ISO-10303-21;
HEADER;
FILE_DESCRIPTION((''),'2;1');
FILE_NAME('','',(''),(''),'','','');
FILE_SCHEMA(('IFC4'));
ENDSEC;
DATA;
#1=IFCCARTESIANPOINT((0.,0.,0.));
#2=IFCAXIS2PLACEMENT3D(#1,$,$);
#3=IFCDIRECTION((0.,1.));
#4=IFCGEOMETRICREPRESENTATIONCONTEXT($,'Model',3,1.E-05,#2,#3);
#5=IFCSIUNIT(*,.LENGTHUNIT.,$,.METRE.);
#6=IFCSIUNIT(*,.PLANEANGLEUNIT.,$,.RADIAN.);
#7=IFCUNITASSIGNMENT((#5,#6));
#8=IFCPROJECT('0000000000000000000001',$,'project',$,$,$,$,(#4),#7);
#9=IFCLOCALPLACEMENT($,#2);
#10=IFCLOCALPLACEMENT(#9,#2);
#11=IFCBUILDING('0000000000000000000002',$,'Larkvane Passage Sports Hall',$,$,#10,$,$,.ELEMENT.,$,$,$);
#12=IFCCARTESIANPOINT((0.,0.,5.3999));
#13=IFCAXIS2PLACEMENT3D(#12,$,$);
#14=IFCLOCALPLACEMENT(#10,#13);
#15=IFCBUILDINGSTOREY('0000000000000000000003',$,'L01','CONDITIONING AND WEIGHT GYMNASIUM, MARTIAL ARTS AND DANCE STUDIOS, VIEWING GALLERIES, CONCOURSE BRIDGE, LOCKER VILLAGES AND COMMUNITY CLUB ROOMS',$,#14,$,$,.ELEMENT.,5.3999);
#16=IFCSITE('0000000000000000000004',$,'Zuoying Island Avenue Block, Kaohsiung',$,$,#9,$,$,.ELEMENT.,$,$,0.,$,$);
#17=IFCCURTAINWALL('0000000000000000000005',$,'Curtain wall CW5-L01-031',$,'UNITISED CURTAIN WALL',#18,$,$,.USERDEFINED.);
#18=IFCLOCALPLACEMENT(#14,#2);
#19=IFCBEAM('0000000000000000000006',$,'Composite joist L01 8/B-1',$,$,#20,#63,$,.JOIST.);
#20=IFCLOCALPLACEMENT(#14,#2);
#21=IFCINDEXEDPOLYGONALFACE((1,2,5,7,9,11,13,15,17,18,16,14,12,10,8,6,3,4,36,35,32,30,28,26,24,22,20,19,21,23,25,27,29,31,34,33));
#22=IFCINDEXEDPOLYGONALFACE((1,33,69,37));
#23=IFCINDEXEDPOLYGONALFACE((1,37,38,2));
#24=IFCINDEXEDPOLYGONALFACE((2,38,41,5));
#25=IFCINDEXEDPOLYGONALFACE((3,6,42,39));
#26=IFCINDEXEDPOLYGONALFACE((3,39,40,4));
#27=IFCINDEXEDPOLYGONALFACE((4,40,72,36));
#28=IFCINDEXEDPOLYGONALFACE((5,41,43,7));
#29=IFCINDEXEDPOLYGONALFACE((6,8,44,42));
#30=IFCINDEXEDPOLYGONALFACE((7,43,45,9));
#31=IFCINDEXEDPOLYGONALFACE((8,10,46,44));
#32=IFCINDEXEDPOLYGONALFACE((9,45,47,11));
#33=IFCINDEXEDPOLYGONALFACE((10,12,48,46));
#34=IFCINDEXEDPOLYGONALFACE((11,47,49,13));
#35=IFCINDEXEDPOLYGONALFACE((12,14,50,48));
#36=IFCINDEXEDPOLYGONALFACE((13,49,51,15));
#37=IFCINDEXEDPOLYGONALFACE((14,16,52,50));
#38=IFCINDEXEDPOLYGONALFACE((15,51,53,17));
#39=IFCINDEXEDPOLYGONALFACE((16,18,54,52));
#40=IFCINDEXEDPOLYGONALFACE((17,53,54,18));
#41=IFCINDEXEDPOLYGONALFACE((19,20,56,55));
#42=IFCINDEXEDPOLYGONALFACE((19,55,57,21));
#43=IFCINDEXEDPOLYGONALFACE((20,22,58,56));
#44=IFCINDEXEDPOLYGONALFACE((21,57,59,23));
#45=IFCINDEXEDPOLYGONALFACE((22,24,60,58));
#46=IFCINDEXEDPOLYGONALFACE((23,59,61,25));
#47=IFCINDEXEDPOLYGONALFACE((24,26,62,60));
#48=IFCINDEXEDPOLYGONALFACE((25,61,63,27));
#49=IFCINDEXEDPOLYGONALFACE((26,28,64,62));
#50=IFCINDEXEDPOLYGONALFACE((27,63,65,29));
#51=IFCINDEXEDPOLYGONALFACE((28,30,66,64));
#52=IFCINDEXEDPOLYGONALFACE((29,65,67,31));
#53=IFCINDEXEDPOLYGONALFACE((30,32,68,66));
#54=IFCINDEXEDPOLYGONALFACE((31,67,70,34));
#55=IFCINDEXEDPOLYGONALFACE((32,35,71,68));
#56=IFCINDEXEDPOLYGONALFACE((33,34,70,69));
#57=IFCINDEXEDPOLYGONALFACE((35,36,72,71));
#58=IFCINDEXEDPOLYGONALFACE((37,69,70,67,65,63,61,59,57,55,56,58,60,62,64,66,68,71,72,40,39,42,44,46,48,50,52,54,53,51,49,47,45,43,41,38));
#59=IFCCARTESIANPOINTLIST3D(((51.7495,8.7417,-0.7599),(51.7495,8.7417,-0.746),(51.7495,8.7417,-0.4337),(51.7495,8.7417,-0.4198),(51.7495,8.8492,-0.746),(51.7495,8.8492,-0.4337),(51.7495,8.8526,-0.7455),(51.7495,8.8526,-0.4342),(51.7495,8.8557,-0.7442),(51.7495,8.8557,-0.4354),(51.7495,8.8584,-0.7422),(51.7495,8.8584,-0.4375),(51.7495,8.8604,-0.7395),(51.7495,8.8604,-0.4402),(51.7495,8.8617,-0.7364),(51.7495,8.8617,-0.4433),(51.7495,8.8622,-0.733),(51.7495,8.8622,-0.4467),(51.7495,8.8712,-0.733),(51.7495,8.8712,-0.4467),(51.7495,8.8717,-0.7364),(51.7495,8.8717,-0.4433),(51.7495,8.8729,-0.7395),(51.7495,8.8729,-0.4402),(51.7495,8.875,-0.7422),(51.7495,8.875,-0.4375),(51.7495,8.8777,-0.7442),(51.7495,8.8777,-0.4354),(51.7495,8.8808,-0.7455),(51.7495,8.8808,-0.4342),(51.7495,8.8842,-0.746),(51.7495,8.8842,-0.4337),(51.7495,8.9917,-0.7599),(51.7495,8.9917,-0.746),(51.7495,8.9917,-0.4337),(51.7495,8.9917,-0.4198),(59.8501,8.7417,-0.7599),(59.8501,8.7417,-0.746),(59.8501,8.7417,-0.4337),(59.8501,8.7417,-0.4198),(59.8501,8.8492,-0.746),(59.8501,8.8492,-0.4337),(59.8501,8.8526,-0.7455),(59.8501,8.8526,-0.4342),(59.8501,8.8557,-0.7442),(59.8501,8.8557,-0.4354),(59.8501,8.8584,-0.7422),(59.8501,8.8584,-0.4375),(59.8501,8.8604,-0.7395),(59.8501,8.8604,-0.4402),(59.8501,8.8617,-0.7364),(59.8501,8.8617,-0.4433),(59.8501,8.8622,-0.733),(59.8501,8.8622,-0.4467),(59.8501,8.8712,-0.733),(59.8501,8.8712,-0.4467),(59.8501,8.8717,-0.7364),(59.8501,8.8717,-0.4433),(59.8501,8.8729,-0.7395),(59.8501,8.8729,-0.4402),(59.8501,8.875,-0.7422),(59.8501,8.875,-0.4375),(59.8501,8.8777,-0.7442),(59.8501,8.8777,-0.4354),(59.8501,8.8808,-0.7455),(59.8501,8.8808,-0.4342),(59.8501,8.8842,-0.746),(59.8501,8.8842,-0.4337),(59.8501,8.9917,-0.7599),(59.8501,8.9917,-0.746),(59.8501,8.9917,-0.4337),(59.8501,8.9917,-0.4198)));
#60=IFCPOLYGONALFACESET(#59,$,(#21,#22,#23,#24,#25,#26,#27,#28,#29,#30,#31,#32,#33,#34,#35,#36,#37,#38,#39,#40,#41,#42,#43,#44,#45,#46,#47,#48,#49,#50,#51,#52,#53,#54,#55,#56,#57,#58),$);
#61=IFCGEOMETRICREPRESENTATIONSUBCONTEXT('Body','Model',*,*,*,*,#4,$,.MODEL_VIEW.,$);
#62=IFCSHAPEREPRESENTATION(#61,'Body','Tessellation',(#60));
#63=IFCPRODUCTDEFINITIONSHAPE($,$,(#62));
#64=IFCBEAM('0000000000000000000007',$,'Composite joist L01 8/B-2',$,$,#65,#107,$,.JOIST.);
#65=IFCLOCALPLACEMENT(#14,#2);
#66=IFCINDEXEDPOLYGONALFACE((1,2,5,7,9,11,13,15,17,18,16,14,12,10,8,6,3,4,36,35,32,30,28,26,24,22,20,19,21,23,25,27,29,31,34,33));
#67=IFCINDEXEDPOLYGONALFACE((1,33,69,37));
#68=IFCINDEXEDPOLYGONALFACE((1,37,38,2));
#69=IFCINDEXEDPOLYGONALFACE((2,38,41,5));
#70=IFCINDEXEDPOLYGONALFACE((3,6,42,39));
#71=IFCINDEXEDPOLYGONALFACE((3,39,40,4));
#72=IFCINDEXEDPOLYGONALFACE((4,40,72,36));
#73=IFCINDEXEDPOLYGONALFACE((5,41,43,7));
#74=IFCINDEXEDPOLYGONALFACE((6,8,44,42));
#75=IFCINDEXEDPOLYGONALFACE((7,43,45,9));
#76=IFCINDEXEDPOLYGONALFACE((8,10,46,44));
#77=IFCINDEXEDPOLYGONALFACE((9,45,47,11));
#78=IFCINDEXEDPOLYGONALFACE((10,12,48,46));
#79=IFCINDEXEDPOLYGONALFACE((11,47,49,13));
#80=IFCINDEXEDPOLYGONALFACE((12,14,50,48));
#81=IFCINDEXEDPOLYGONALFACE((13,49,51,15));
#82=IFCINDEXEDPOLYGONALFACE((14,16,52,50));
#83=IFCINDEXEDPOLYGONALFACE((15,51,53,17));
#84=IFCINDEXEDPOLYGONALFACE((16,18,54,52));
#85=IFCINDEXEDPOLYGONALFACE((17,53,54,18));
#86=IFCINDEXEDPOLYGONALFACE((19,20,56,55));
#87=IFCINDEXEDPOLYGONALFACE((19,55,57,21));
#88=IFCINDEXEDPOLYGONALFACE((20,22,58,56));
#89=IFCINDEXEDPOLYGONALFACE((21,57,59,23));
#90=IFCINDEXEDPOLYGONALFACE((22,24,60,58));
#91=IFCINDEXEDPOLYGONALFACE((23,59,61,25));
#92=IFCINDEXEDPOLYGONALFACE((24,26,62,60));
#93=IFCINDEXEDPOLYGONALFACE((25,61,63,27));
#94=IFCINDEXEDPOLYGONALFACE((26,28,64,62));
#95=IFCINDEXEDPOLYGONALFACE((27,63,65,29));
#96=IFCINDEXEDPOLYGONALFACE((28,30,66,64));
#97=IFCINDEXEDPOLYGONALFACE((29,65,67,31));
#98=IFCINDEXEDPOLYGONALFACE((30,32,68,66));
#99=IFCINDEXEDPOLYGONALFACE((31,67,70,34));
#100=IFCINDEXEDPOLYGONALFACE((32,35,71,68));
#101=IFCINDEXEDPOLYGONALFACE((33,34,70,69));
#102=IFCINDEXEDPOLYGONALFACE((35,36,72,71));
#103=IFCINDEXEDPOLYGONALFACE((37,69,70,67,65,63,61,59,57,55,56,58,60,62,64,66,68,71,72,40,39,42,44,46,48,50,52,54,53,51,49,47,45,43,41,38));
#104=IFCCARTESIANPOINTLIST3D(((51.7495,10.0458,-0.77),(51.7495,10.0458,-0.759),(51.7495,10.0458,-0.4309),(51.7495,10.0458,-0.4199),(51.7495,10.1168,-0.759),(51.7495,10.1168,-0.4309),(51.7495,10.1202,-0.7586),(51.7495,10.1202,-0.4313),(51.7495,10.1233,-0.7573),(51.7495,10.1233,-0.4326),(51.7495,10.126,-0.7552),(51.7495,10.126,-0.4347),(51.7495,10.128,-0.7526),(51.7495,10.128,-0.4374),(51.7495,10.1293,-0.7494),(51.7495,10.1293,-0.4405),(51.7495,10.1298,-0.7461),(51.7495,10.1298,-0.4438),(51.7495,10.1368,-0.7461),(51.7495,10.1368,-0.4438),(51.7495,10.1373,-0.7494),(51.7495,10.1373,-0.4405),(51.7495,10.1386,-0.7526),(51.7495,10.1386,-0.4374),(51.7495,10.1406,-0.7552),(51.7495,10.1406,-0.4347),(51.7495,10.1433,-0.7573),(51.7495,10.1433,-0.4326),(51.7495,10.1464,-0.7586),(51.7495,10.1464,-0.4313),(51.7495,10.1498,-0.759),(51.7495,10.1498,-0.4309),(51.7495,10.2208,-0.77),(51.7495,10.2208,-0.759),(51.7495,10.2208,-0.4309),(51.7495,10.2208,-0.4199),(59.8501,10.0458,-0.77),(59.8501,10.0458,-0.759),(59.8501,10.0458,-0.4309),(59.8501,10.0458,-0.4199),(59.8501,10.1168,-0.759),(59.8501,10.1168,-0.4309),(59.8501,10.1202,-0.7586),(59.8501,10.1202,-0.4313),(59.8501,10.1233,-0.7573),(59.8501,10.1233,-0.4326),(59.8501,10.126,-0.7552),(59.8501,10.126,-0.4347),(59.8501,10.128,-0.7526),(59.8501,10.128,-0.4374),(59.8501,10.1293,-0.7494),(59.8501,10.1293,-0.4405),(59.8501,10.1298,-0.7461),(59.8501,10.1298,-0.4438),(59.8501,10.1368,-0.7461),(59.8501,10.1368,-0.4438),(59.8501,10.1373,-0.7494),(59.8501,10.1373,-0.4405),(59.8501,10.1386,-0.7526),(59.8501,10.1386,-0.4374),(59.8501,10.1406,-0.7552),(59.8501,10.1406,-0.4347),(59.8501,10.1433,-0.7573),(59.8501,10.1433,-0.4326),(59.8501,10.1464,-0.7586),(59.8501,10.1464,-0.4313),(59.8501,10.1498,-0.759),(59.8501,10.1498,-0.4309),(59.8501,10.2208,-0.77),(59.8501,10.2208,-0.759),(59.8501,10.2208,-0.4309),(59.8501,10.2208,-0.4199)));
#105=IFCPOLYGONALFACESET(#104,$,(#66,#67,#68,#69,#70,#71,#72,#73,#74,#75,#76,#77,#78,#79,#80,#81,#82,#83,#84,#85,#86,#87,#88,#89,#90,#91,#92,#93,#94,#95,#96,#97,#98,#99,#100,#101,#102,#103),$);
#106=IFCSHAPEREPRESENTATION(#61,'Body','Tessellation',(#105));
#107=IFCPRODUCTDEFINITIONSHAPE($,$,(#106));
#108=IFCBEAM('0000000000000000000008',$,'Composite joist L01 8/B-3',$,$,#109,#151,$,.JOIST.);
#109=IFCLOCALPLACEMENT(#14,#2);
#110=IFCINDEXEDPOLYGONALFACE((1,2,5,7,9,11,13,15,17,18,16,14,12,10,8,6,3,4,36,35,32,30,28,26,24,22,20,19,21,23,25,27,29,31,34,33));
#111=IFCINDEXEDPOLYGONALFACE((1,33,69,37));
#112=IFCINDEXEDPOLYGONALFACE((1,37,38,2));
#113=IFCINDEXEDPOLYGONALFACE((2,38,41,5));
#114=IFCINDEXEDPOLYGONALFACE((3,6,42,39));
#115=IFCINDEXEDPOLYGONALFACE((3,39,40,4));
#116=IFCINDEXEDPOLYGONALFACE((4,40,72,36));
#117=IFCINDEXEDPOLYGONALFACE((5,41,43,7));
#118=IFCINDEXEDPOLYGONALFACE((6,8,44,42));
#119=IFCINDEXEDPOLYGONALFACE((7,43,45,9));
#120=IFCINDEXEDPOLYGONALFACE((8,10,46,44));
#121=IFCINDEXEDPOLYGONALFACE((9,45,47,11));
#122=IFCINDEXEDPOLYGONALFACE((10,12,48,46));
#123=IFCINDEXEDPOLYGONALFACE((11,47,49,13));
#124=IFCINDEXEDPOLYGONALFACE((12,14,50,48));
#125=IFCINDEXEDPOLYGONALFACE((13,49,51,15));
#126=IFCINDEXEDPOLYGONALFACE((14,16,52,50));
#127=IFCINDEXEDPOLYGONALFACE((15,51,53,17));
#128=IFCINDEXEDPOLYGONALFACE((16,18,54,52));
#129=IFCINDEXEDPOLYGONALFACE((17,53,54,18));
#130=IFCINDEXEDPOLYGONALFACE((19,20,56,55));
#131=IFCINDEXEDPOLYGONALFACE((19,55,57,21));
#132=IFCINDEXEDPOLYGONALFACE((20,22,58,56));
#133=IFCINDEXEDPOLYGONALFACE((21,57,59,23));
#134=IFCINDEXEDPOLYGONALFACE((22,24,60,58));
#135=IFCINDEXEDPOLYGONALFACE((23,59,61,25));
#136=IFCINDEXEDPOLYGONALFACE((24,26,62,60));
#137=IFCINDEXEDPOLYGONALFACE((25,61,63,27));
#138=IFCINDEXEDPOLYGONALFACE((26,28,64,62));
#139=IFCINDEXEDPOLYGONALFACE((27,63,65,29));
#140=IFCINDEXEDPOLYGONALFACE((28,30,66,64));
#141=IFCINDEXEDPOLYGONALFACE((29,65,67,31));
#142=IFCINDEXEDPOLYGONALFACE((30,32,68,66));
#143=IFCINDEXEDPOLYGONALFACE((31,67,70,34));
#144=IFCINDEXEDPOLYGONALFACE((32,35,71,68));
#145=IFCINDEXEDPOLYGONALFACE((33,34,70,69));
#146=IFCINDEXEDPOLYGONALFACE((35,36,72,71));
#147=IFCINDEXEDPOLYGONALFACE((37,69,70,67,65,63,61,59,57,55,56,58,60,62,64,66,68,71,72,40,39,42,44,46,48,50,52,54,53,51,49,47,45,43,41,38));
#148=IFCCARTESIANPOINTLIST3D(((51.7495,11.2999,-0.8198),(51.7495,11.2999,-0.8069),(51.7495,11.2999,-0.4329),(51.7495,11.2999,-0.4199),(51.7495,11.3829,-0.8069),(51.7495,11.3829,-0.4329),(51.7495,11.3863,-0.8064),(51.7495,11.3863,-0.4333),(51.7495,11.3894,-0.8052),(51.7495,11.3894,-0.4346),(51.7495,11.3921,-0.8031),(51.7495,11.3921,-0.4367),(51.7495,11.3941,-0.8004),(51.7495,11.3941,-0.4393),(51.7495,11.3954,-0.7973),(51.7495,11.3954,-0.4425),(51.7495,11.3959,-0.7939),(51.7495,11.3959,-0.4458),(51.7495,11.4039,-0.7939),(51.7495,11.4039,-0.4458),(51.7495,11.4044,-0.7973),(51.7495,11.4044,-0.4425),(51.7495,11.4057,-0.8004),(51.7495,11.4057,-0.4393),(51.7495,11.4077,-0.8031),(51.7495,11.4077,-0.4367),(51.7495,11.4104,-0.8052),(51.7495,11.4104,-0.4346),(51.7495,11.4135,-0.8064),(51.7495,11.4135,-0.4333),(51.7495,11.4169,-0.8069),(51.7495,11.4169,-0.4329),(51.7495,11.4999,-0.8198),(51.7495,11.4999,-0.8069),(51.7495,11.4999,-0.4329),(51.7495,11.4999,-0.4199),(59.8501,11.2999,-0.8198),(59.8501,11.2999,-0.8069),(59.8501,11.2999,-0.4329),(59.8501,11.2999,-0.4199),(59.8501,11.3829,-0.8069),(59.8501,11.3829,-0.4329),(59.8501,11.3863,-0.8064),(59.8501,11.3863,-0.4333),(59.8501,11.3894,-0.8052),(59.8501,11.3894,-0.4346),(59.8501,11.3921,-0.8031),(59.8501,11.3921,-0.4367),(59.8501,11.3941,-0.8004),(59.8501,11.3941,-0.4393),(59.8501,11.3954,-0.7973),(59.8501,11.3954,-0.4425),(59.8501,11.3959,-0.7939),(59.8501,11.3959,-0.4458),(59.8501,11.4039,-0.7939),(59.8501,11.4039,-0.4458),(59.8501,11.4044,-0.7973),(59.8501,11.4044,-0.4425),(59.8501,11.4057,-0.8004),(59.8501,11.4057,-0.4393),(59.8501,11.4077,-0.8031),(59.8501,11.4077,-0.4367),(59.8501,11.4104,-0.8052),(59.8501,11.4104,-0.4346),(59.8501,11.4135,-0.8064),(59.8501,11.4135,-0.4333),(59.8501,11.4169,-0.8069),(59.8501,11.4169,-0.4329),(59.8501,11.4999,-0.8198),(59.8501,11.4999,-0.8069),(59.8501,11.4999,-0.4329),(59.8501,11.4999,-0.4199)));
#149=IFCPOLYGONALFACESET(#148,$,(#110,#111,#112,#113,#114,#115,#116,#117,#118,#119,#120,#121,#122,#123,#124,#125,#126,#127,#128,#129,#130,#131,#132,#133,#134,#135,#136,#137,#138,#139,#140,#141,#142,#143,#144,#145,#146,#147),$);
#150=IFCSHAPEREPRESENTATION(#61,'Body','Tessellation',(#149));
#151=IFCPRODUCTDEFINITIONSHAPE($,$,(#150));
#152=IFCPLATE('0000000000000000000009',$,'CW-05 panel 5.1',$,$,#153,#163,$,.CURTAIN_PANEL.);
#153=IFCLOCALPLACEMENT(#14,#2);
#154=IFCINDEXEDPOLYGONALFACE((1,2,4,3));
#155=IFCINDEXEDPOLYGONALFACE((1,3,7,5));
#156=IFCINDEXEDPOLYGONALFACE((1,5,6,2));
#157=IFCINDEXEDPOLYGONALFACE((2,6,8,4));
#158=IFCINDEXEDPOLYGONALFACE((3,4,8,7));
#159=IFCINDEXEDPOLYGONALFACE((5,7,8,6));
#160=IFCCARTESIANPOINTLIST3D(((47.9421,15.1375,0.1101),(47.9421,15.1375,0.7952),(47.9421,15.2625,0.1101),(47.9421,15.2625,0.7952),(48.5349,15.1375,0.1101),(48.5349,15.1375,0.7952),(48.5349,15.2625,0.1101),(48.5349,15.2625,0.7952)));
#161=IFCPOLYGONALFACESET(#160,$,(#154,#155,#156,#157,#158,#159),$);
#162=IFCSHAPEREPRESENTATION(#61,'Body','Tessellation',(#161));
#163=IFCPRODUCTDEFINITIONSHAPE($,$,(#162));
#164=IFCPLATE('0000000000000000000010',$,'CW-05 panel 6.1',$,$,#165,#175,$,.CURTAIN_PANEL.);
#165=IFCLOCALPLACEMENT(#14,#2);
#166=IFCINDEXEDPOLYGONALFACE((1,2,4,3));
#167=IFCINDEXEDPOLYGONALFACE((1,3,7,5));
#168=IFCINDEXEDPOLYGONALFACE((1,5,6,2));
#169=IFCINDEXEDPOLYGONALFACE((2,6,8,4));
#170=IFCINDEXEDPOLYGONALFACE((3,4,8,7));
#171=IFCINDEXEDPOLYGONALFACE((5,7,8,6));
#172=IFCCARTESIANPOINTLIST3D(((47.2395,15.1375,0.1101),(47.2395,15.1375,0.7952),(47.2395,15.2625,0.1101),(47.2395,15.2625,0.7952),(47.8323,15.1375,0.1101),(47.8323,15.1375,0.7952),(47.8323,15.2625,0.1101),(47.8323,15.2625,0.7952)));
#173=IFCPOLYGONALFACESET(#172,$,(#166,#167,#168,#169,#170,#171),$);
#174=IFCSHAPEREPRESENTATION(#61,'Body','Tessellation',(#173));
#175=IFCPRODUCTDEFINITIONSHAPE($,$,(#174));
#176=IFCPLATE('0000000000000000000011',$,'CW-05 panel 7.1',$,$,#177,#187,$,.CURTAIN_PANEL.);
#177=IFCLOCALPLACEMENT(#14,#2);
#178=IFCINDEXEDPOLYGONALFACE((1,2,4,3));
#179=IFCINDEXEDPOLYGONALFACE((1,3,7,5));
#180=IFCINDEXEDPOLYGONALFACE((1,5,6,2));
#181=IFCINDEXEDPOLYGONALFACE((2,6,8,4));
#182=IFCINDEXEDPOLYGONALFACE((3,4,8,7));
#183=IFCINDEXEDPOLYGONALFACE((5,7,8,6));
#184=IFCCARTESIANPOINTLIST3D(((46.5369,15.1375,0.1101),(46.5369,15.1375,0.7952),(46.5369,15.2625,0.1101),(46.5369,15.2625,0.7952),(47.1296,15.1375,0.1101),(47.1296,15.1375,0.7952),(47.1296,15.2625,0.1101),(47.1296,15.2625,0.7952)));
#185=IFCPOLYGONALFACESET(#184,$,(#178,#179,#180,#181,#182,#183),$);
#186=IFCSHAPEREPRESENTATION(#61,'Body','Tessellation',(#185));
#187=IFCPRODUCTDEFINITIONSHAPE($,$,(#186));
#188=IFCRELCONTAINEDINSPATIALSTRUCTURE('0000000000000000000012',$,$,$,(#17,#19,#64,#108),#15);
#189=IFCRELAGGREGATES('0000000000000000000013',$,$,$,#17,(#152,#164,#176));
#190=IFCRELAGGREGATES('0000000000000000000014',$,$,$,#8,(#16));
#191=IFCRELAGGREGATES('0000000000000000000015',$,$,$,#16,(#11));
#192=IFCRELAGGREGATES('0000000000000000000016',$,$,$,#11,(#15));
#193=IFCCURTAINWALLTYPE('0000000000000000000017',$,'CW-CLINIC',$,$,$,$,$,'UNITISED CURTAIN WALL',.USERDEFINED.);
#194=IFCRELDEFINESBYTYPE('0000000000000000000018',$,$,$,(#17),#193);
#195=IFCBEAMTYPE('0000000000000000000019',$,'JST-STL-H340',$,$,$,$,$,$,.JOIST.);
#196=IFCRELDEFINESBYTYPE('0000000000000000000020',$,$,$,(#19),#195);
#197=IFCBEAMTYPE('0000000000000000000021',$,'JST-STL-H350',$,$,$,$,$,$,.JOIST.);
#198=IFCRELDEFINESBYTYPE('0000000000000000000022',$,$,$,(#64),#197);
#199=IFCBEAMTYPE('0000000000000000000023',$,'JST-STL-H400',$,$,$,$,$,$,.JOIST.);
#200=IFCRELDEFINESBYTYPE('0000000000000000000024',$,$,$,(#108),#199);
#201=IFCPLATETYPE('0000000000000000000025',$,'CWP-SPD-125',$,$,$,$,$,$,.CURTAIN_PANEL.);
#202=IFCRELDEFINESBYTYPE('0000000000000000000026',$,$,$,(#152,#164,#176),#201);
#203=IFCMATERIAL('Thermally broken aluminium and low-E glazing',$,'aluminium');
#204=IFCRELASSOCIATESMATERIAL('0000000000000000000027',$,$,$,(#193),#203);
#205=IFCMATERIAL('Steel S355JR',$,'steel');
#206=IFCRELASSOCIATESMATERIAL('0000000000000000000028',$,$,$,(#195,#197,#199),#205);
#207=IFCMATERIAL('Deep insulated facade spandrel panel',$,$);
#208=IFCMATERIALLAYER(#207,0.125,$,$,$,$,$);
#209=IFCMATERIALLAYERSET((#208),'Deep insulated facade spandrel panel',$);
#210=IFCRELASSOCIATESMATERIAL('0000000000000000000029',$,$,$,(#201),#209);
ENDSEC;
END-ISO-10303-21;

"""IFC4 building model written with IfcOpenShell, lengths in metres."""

from ifc_helpers import new_model, si_unit, direction, frame, origin, origin_2d, place, context, subcontext, project, spatial, rectangle, i_section, extrude, material, layer, layer_set, material_profile, profile_set, type_object, element, aggregate, save


model = new_model("IFC4")

# Units and contexts
model_context = context("Model", 3, precision=1e-05, world=origin(), true_north=direction((0.0, 1.0)))
body_context = subcontext(model_context, "Body", "Model", "MODEL_VIEW")
ifc_project = project(units=[si_unit("LENGTHUNIT", "METRE"), si_unit("PLANEANGLEUNIT", "RADIAN")], contexts=[model_context])

# Site, building, storey
site_placement = place(None, origin())
site = spatial("IfcSite", under=ifc_project, at=site_placement, Name="Zuoying Island Avenue Block, Kaohsiung", CompositionType="ELEMENT", RefElevation=0.0)
building_placement = place(site_placement, origin())
building = spatial("IfcBuilding", under=site, at=building_placement, Name="Larkvane Passage Sports Hall", CompositionType="ELEMENT")
storey_placement = place(building_placement, frame((0.0, 0.0, 5.3999)))
storey = spatial("IfcBuildingStorey", under=building, at=storey_placement, Name="L01", Description="CONDITIONING AND WEIGHT GYMNASIUM, MARTIAL ARTS AND DANCE STUDIOS, VIEWING GALLERIES, CONCOURSE BRIDGE, LOCKER VILLAGES AND COMMUNITY CLUB ROOMS", CompositionType="ELEMENT", Elevation=5.3999)

# Curtain wall
ifc_material_1 = material(Name="Thermally broken aluminium and low-E glazing", Category="aluminium")
curtain_wall_type = type_object("IfcCurtainWallType", Name="CW-CLINIC", ElementType="UNITISED CURTAIN WALL", PredefinedType="USERDEFINED", material=ifc_material_1)
curtain_wall_placement = place(storey_placement, origin())
curtain_wall = element("IfcCurtainWall", 1, at=curtain_wall_placement, inside=storey, type_object=curtain_wall_type, Name="Curtain wall CW5-L01-031", ObjectType="UNITISED CURTAIN WALL", PredefinedType="USERDEFINED")

# Beams
ifc_material_2 = material(Name="Steel S355JR", Category="steel")
ifc_material_profile_1 = material_profile(ifc_material_2, i_section(OverallWidth=0.25, OverallDepth=0.3401, WebThickness=0.009, FlangeThickness=0.0139, FilletRadius=0.0129, at=origin_2d()), Name="H-340x250x9x14")
ifc_profile_set_1 = profile_set([ifc_material_profile_1], Name="Steel S355JR")
beam_type_1 = type_object("IfcBeamType", Name="JST-STL-H340", PredefinedType="JOIST", material=ifc_profile_set_1)
beam_1_placement = place(storey_placement, frame((51.7495, 8.8667, -0.5898), z_axis=(1.0, 0.0, 0.0), x_axis=(0.0, 1.0, 0.0)))
element("IfcBeam", 2, at=beam_1_placement, inside=storey, type_object=beam_type_1, Name="Composite joist L01 8/B-1", PredefinedType="JOIST", context=body_context, shape_type="SweptSolid", body=[
    extrude(i_section(OverallWidth=0.25, OverallDepth=0.3401, WebThickness=0.009, FlangeThickness=0.0139, FilletRadius=0.0129, at=origin_2d()), origin(), (0.0, 0.0, 1.0), 8.1006),
])
ifc_material_profile_2 = material_profile(ifc_material_2, i_section(OverallWidth=0.175, OverallDepth=0.3501, WebThickness=0.0071, FlangeThickness=0.011, FilletRadius=0.0129, at=origin_2d()), Name="H-350x175x7x11")
ifc_profile_set_2 = profile_set([ifc_material_profile_2], Name="Steel S355JR")
beam_type_2 = type_object("IfcBeamType", Name="JST-STL-H350", PredefinedType="JOIST", material=ifc_profile_set_2)
beam_2_placement = place(storey_placement, frame((51.7495, 10.1333, -0.595), z_axis=(1.0, 0.0, 0.0), x_axis=(0.0, 1.0, 0.0)))
element("IfcBeam", 3, at=beam_2_placement, inside=storey, type_object=beam_type_2, Name="Composite joist L01 8/B-2", PredefinedType="JOIST", context=body_context, shape_type="SweptSolid", body=[
    extrude(i_section(OverallWidth=0.175, OverallDepth=0.3501, WebThickness=0.0071, FlangeThickness=0.011, FilletRadius=0.0129, at=origin_2d()), origin(), (0.0, 0.0, 1.0), 8.1006),
])
ifc_material_profile_3 = material_profile(ifc_material_2, i_section(OverallWidth=0.2, OverallDepth=0.3999, WebThickness=0.0081, FlangeThickness=0.0129, FilletRadius=0.0129, at=origin_2d()), Name="H-400x200x8x13")
ifc_profile_set_3 = profile_set([ifc_material_profile_3], Name="Steel S355JR")
beam_type_3 = type_object("IfcBeamType", Name="JST-STL-H400", PredefinedType="JOIST", material=ifc_profile_set_3)
beam_3_placement = place(storey_placement, frame((51.7495, 11.3999, -0.6199), z_axis=(1.0, 0.0, 0.0), x_axis=(0.0, 1.0, 0.0)))
element("IfcBeam", 4, at=beam_3_placement, inside=storey, type_object=beam_type_3, Name="Composite joist L01 8/B-3", PredefinedType="JOIST", context=body_context, shape_type="SweptSolid", body=[
    extrude(i_section(OverallWidth=0.2, OverallDepth=0.3999, WebThickness=0.0081, FlangeThickness=0.0129, FilletRadius=0.0129, at=origin_2d()), origin(), (0.0, 0.0, 1.0), 8.1006),
])

# Plates
ifc_material_3 = material(Name="Deep insulated facade spandrel panel")
ifc_layer_1 = layer(ifc_material_3, 0.125)
ifc_layer_set_1 = layer_set([ifc_layer_1], Name="Deep insulated facade spandrel panel")
plate_type_1 = type_object("IfcPlateType", Name="CWP-SPD-125", PredefinedType="CURTAIN_PANEL", material=ifc_layer_set_1)
plate_1_placement = place(storey_placement, frame((48.2385, 15.2, 0.1101), z_axis=(0.0, 0.0, 1.0), x_axis=(-1.0, 0.0, 0.0)))
plate_1 = element("IfcPlate", 5, at=plate_1_placement, type_object=plate_type_1, Name="CW-05 panel 5.1", PredefinedType="CURTAIN_PANEL", context=body_context, shape_type="SweptSolid", body=[
    extrude(rectangle(XDim=0.5928, YDim=0.125, at=origin_2d()), origin(), (0.0, 0.0, 1.0), 0.6851),
])
plate_2_placement = place(storey_placement, frame((47.5359, 15.2, 0.1101), z_axis=(0.0, 0.0, 1.0), x_axis=(-1.0, 0.0, 0.0)))
plate_2 = element("IfcPlate", 6, at=plate_2_placement, type_object=plate_type_1, Name="CW-05 panel 6.1", PredefinedType="CURTAIN_PANEL", context=body_context, shape_type="SweptSolid", body=[
    extrude(rectangle(XDim=0.5928, YDim=0.125, at=origin_2d()), origin(), (0.0, 0.0, 1.0), 0.6851),
])
plate_3_placement = place(storey_placement, frame((46.8333, 15.2, 0.1101), z_axis=(0.0, 0.0, 1.0), x_axis=(-1.0, 0.0, 0.0)))
plate_3 = element("IfcPlate", 7, at=plate_3_placement, type_object=plate_type_1, Name="CW-05 panel 7.1", PredefinedType="CURTAIN_PANEL", context=body_context, shape_type="SweptSolid", body=[
    extrude(rectangle(XDim=0.5928, YDim=0.125, at=origin_2d()), origin(), (0.0, 0.0, 1.0), 0.6851),
])
aggregate(curtain_wall, [plate_1, plate_2, plate_3])

save(model, "model.ifc")
